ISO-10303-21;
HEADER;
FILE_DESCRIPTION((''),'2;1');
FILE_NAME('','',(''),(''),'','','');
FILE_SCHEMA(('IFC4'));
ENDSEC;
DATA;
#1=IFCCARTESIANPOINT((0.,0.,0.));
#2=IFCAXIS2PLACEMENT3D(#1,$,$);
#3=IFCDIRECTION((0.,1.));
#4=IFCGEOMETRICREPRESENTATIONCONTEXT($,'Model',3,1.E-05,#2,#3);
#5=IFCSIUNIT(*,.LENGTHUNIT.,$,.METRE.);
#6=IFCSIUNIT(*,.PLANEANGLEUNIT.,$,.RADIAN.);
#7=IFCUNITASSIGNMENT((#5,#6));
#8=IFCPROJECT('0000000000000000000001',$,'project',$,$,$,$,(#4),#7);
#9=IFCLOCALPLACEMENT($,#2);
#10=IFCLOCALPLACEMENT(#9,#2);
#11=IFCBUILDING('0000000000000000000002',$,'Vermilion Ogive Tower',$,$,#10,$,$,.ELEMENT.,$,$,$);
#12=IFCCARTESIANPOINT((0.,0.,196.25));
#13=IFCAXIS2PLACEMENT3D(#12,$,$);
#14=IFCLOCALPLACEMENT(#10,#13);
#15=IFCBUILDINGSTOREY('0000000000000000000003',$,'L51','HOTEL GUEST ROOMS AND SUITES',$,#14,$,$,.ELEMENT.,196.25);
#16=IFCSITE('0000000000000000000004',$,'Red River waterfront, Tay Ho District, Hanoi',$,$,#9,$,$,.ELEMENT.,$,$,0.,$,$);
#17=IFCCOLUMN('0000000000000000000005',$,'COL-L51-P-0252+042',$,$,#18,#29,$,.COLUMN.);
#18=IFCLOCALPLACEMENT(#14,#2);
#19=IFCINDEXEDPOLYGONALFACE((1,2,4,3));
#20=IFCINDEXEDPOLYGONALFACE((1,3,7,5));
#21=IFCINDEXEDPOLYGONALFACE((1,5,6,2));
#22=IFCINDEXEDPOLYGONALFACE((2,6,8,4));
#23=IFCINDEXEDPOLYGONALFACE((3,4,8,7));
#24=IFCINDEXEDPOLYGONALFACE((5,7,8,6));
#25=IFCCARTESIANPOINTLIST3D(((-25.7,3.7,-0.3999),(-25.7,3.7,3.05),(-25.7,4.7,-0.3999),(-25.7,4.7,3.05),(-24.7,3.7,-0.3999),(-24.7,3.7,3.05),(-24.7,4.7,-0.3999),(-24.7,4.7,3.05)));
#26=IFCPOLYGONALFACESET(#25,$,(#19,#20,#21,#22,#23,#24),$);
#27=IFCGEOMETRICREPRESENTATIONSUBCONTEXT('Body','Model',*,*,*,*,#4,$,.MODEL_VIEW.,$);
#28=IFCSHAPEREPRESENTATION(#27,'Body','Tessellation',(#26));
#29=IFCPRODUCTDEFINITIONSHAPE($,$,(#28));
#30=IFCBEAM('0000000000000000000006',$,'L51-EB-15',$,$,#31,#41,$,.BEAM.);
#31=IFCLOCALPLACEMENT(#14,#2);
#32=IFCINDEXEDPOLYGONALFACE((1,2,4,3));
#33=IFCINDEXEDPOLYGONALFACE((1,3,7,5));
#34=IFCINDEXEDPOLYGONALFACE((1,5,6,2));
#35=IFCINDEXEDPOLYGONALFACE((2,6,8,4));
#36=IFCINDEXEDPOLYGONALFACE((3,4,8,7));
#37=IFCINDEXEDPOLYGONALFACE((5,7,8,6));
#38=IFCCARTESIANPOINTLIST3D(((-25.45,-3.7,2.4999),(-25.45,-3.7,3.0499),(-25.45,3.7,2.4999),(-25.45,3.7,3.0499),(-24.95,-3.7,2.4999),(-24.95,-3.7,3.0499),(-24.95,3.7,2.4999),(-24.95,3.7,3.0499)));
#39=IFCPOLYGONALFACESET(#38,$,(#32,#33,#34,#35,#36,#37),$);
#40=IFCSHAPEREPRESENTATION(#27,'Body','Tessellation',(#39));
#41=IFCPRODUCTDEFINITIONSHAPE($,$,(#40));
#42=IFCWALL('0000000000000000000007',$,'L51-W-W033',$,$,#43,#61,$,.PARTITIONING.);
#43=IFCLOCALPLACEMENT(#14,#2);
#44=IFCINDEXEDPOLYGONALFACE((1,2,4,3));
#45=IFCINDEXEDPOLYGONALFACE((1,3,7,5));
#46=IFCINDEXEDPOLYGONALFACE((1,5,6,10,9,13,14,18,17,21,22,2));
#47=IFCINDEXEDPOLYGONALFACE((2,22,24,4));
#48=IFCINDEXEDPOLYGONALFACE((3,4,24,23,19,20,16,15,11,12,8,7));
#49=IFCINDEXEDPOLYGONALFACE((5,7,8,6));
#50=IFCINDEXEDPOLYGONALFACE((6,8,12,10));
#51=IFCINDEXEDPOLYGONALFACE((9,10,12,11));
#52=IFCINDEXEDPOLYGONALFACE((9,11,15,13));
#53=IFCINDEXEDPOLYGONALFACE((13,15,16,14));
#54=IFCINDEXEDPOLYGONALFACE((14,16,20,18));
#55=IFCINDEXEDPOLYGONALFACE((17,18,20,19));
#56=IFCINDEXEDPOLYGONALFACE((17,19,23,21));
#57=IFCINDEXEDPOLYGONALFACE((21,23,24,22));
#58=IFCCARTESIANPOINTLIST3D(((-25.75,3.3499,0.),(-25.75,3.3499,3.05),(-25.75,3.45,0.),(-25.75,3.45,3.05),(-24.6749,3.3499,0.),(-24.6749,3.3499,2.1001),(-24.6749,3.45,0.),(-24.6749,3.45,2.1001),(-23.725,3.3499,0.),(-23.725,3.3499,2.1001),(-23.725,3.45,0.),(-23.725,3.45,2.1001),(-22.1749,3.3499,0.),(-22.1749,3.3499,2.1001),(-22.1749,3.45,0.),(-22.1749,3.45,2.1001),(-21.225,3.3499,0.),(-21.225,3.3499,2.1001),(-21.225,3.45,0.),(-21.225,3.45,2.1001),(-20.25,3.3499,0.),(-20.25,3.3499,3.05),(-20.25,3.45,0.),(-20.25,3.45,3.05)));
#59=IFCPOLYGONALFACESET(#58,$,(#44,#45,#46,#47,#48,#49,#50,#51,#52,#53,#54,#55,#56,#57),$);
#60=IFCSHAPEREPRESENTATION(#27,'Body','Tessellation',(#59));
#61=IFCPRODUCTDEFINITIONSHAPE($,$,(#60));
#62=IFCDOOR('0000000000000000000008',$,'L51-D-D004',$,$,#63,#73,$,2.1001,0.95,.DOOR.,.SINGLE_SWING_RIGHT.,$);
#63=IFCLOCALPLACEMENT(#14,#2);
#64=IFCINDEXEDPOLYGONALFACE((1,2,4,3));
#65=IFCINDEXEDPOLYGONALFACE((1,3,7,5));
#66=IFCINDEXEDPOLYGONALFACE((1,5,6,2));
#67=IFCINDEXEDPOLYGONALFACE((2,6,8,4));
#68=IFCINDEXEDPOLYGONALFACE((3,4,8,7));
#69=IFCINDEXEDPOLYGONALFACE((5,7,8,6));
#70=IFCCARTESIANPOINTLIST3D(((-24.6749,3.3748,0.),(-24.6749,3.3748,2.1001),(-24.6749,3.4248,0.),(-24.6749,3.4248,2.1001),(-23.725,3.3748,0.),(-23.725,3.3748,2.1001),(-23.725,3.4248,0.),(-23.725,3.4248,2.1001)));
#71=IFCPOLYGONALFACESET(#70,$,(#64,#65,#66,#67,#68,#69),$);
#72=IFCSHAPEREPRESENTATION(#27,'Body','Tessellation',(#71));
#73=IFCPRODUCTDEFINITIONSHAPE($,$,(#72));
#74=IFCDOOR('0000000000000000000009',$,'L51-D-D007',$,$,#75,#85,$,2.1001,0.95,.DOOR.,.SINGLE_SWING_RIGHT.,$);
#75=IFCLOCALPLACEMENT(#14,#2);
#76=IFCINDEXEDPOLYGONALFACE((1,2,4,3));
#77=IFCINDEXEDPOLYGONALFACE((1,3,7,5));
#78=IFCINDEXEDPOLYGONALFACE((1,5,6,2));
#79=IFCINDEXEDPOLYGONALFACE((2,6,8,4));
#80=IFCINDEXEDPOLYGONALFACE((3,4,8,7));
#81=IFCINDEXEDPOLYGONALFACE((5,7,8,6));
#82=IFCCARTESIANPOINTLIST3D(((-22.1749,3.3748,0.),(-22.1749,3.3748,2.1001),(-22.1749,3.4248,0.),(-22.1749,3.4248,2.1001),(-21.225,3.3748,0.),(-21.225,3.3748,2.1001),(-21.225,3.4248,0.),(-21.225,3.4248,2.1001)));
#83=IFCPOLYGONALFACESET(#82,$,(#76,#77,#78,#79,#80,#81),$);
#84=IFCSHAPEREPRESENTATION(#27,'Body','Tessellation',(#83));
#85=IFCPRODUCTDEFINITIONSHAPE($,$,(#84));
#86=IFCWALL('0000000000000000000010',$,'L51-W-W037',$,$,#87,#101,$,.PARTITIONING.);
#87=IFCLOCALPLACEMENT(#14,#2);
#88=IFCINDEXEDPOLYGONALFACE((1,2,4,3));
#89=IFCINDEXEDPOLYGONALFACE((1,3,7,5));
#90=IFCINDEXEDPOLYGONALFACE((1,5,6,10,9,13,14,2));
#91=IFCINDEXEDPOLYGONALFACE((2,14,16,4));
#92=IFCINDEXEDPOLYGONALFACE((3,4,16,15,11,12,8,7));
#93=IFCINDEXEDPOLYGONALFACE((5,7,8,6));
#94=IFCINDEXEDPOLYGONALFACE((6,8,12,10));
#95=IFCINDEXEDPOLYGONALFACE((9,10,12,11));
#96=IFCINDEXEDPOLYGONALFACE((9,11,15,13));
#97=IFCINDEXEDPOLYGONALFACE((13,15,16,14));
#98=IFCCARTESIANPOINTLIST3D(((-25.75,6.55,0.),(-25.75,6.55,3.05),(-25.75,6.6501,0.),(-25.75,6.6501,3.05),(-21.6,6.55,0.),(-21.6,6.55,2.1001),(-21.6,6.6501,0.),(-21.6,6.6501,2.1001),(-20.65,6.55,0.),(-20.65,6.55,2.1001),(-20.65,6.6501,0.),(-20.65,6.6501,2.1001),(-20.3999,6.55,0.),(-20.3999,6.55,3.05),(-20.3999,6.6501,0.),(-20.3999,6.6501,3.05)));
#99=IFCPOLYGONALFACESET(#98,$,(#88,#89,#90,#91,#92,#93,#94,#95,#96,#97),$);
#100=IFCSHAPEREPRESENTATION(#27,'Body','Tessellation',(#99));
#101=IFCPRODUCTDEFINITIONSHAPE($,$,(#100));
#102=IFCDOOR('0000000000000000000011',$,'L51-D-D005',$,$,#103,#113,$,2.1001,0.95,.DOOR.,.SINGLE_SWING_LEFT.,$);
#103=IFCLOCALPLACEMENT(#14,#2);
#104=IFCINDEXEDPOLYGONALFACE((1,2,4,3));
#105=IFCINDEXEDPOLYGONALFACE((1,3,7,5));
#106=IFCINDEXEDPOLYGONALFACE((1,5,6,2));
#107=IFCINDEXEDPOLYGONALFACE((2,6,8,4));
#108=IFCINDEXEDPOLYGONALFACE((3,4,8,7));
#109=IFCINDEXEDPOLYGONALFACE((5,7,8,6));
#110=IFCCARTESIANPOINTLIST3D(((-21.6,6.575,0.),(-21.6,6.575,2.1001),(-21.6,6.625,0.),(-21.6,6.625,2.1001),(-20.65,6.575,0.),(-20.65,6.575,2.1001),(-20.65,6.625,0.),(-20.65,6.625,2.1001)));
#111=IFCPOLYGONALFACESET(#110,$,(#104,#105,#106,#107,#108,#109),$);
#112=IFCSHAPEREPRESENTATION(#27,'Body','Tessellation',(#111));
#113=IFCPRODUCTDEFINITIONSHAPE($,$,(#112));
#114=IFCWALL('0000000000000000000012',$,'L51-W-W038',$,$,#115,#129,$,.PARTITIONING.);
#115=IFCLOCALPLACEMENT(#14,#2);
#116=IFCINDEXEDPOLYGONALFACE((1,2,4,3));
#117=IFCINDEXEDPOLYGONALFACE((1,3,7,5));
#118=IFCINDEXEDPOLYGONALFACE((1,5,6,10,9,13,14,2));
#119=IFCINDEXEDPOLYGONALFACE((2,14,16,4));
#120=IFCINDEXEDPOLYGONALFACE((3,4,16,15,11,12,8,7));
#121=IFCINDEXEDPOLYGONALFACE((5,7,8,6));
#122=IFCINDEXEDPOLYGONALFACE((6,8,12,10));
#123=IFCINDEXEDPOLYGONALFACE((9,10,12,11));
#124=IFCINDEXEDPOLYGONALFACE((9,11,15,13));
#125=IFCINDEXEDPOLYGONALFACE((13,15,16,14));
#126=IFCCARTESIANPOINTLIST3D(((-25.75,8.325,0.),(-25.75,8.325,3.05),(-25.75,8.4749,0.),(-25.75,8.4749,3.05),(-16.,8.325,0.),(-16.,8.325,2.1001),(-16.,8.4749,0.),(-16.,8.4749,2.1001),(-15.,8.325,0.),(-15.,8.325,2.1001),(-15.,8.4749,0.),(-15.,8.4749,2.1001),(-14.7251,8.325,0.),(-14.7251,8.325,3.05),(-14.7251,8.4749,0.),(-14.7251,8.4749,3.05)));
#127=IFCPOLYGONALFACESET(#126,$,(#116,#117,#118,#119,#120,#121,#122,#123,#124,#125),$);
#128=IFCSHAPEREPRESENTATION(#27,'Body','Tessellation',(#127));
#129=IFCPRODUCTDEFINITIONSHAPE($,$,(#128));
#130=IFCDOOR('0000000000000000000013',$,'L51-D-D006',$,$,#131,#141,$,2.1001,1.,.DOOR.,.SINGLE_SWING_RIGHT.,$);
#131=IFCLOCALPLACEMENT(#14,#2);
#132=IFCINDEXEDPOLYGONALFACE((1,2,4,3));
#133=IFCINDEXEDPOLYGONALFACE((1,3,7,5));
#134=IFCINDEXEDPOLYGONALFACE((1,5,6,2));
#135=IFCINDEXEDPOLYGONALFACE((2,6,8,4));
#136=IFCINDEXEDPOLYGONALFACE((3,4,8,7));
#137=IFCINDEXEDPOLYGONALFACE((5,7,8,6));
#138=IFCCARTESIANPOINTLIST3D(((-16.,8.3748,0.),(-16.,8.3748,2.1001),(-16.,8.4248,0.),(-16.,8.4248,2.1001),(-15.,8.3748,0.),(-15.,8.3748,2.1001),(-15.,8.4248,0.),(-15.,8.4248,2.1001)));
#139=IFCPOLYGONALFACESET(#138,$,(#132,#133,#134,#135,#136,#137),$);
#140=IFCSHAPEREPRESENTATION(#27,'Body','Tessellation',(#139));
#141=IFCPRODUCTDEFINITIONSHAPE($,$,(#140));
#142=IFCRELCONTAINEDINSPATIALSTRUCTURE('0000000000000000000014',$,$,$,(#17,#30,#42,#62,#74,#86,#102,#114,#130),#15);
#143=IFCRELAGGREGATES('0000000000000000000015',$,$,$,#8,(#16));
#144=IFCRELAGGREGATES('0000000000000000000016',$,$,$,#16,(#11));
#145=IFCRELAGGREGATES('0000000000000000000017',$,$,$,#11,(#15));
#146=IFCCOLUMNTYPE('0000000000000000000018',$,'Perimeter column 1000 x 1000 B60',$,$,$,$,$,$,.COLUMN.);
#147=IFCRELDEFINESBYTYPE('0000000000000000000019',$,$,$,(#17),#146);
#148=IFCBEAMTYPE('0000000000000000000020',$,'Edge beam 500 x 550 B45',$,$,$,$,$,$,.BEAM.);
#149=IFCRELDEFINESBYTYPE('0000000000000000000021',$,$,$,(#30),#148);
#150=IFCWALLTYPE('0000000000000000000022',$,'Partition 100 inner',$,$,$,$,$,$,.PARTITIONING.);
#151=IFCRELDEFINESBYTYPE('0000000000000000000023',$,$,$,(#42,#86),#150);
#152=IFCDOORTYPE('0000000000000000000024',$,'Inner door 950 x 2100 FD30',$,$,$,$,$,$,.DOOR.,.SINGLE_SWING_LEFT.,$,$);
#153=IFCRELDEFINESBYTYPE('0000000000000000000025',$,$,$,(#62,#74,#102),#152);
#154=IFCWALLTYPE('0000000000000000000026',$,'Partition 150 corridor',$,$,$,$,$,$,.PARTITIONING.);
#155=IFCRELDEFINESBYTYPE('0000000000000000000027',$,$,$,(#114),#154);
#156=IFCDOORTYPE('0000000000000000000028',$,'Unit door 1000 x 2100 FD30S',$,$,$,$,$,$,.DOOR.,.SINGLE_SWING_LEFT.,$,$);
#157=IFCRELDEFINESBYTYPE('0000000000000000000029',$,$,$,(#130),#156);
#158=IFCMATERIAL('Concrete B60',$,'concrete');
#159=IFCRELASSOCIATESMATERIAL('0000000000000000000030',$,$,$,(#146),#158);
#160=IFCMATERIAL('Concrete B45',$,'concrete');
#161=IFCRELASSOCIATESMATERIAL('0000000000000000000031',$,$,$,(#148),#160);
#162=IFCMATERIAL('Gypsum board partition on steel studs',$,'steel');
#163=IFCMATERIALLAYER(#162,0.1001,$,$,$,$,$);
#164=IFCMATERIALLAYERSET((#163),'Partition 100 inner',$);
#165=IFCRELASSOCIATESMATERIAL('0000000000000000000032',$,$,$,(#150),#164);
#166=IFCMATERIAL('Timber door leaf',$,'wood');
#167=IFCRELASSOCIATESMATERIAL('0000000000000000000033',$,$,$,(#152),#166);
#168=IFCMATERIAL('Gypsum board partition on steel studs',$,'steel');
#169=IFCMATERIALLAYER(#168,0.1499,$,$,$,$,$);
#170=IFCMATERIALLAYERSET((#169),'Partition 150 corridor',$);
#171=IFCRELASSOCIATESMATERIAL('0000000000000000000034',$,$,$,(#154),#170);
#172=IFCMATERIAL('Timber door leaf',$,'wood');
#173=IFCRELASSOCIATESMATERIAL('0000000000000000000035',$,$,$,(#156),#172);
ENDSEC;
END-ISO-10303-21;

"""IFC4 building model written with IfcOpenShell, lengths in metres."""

from ifc_helpers import new_model, si_unit, direction, frame, frame_2d, origin, origin_2d, place, context, subcontext, project, spatial, rectangle, extrude, material, layer, layer_set, material_profile, profile_set, type_object, element, fill, save


model = new_model("IFC4")

# Units and contexts
model_context = context("Model", 3, precision=1e-05, world=origin(), true_north=direction((0.0, 1.0)))
body_context = subcontext(model_context, "Body", "Model", "MODEL_VIEW")
ifc_project = project(units=[si_unit("LENGTHUNIT", "METRE"), si_unit("PLANEANGLEUNIT", "RADIAN")], contexts=[model_context])

# Site, building, storey
site_placement = place(None, origin())
site = spatial("IfcSite", under=ifc_project, at=site_placement, Name="Red River waterfront, Tay Ho District, Hanoi", CompositionType="ELEMENT", RefElevation=0.0)
building_placement = place(site_placement, origin())
building = spatial("IfcBuilding", under=site, at=building_placement, Name="Vermilion Ogive Tower", CompositionType="ELEMENT")
storey_placement = place(building_placement, frame((0.0, 0.0, 196.25)))
storey = spatial("IfcBuildingStorey", under=building, at=storey_placement, Name="L51", Description="HOTEL GUEST ROOMS AND SUITES", CompositionType="ELEMENT", Elevation=196.25)

# Column
ifc_material_1 = material(Name="Concrete B60", Category="concrete")
ifc_material_profile_1 = material_profile(ifc_material_1, rectangle(XDim=1.0, YDim=1.0, at=origin_2d()), Name="1000 x 1000")
ifc_profile_set_1 = profile_set([ifc_material_profile_1], Name="Concrete B60")
column_type = type_object("IfcColumnType", Name="Perimeter column 1000 x 1000 B60", PredefinedType="COLUMN", material=ifc_profile_set_1)
column_placement = place(storey_placement, frame((-25.2, 4.2, -0.3999), z_axis=(0.0, 0.0, 1.0), x_axis=(1.0, 0.0, 0.0)))
element("IfcColumn", 1, at=column_placement, inside=storey, type_object=column_type, Name="COL-L51-P-0252+042", PredefinedType="COLUMN", context=body_context, shape_type="SweptSolid", body=[
    extrude(rectangle(XDim=1.0, YDim=1.0, at=origin_2d()), origin(), (0.0, 0.0, 1.0), 3.45),
])

# Beam
ifc_material_2 = material(Name="Concrete B45", Category="concrete")
ifc_material_profile_2 = material_profile(ifc_material_2, rectangle(XDim=0.5, YDim=0.55, at=origin_2d()), Name="500 x 550")
ifc_profile_set_2 = profile_set([ifc_material_profile_2], Name="Concrete B45")
beam_type = type_object("IfcBeamType", Name="Edge beam 500 x 550 B45", PredefinedType="BEAM", material=ifc_profile_set_2)
beam_placement = place(storey_placement, frame((-25.2, 3.7, 2.7749), z_axis=(0.0, -1.0, 0.0), x_axis=(1.0, 0.0, 0.0)))
element("IfcBeam", 2, at=beam_placement, inside=storey, type_object=beam_type, Name="L51-EB-15", PredefinedType="BEAM", context=body_context, shape_type="SweptSolid", body=[
    extrude(rectangle(XDim=0.5, YDim=0.55, at=origin_2d()), origin(), (0.0, 0.0, 1.0), 7.3999),
])

# Wall, openings, doors
ifc_material_3 = material(Name="Gypsum board partition on steel studs", Category="steel")
ifc_layer_1 = layer(ifc_material_3, 0.1001)
ifc_layer_set_1 = layer_set([ifc_layer_1], Name="Partition 100 inner")
wall_type_1 = type_object("IfcWallType", Name="Partition 100 inner", PredefinedType="PARTITIONING", material=ifc_layer_set_1)
wall_1_placement = place(storey_placement, frame((-25.75, 3.3999, 0.0), z_axis=(0.0, 0.0, 1.0), x_axis=(1.0, 0.0, 0.0)))
wall_1 = element("IfcWall", 3, at=wall_1_placement, inside=storey, type_object=wall_type_1, Name="L51-W-W033", PredefinedType="PARTITIONING", context=body_context, shape_type="SweptSolid", body=[
    extrude(rectangle(XDim=5.5, YDim=0.1001, at=frame_2d((2.75, 0.0))), origin(), (0.0, 0.0, 1.0), 3.05),
])
opening_1_placement = place(wall_1_placement, frame((1.075, 0.0, 0.0)))
opening_1 = element("IfcOpeningElement", 4, at=opening_1_placement, cuts=wall_1, PredefinedType="OPENING", context=body_context, shape_type="SweptSolid", body=[
    extrude(rectangle(XDim=0.95, YDim=2.1001, at=frame_2d((0.4751, 1.05))), frame((0.0, 0.0601, 0.0), z_axis=(0.0, -1.0, 0.0), x_axis=(1.0, 0.0, 0.0)), (0.0, 0.0, 1.0), 0.1201),
])
opening_2_placement = place(wall_1_placement, frame((3.575, 0.0, 0.0)))
opening_2 = element("IfcOpeningElement", 5, at=opening_2_placement, cuts=wall_1, PredefinedType="OPENING", context=body_context, shape_type="SweptSolid", body=[
    extrude(rectangle(XDim=0.95, YDim=2.1001, at=frame_2d((0.4751, 1.05))), frame((0.0, 0.0601, 0.0), z_axis=(0.0, -1.0, 0.0), x_axis=(1.0, 0.0, 0.0)), (0.0, 0.0, 1.0), 0.1201),
])
ifc_material_4 = material(Name="Timber door leaf", Category="wood")
door_type_1 = type_object("IfcDoorType", Name="Inner door 950 x 2100 FD30", OperationType="SINGLE_SWING_LEFT", PredefinedType="DOOR", material=ifc_material_4)
door_1_placement = place(opening_1_placement, origin())
door_1 = element("IfcDoor", 6, at=door_1_placement, inside=storey, type_object=door_type_1, Name="L51-D-D004", OperationType="SINGLE_SWING_RIGHT", OverallHeight=2.1001, OverallWidth=0.95, PredefinedType="DOOR", context=body_context, shape_type="SweptSolid", body=[
    extrude(rectangle(XDim=0.95, YDim=2.1001, at=frame_2d((0.4751, 1.05))), frame((0.0, 0.0249, 0.0), z_axis=(0.0, -1.0, 0.0), x_axis=(1.0, 0.0, 0.0)), (0.0, 0.0, 1.0), 0.05),
])
fill(opening_1, door_1)
door_2_placement = place(opening_2_placement, origin())
door_2 = element("IfcDoor", 7, at=door_2_placement, inside=storey, type_object=door_type_1, Name="L51-D-D007", OperationType="SINGLE_SWING_RIGHT", OverallHeight=2.1001, OverallWidth=0.95, PredefinedType="DOOR", context=body_context, shape_type="SweptSolid", body=[
    extrude(rectangle(XDim=0.95, YDim=2.1001, at=frame_2d((0.4751, 1.05))), frame((0.0, 0.0249, 0.0), z_axis=(0.0, -1.0, 0.0), x_axis=(1.0, 0.0, 0.0)), (0.0, 0.0, 1.0), 0.05),
])
fill(opening_2, door_2)

# Walls, openings, doors
wall_2_placement = place(storey_placement, frame((-25.75, 6.6001, 0.0), z_axis=(0.0, 0.0, 1.0), x_axis=(1.0, 0.0, 0.0)))
wall_2 = element("IfcWall", 8, at=wall_2_placement, inside=storey, type_object=wall_type_1, Name="L51-W-W037", PredefinedType="PARTITIONING", context=body_context, shape_type="SweptSolid", body=[
    extrude(rectangle(XDim=5.3501, YDim=0.1001, at=frame_2d((2.675, 0.0))), origin(), (0.0, 0.0, 1.0), 3.05),
])
opening_3_placement = place(wall_2_placement, frame((4.1499, 0.0, 0.0)))
opening_3 = element("IfcOpeningElement", 9, at=opening_3_placement, cuts=wall_2, PredefinedType="OPENING", context=body_context, shape_type="SweptSolid", body=[
    extrude(rectangle(XDim=0.95, YDim=2.1001, at=frame_2d((0.4751, 1.05))), frame((0.0, 0.0601, 0.0), z_axis=(0.0, -1.0, 0.0), x_axis=(1.0, 0.0, 0.0)), (0.0, 0.0, 1.0), 0.1201),
])
door_3_placement = place(opening_3_placement, origin())
door_3 = element("IfcDoor", 10, at=door_3_placement, inside=storey, type_object=door_type_1, Name="L51-D-D005", OperationType="SINGLE_SWING_LEFT", OverallHeight=2.1001, OverallWidth=0.95, PredefinedType="DOOR", context=body_context, shape_type="SweptSolid", body=[
    extrude(rectangle(XDim=0.95, YDim=2.1001, at=frame_2d((0.4751, 1.05))), frame((0.0, 0.0249, 0.0), z_axis=(0.0, -1.0, 0.0), x_axis=(1.0, 0.0, 0.0)), (0.0, 0.0, 1.0), 0.05),
])
fill(opening_3, door_3)
ifc_material_5 = material(Name="Gypsum board partition on steel studs", Category="steel")
ifc_layer_2 = layer(ifc_material_5, 0.1499)
ifc_layer_set_2 = layer_set([ifc_layer_2], Name="Partition 150 corridor")
wall_type_2 = type_object("IfcWallType", Name="Partition 150 corridor", PredefinedType="PARTITIONING", material=ifc_layer_set_2)
wall_3_placement = place(storey_placement, frame((-25.75, 8.3999, 0.0), z_axis=(0.0, 0.0, 1.0), x_axis=(1.0, 0.0, 0.0)))
wall_3 = element("IfcWall", 11, at=wall_3_placement, inside=storey, type_object=wall_type_2, Name="L51-W-W038", PredefinedType="PARTITIONING", context=body_context, shape_type="SweptSolid", body=[
    extrude(rectangle(XDim=11.0249, YDim=0.1499, at=frame_2d((5.5125, 0.0))), origin(), (0.0, 0.0, 1.0), 3.05),
])
opening_4_placement = place(wall_3_placement, frame((9.75, 0.0, 0.0)))
opening_4 = element("IfcOpeningElement", 12, at=opening_4_placement, cuts=wall_3, PredefinedType="OPENING", context=body_context, shape_type="SweptSolid", body=[
    extrude(rectangle(XDim=1.0, YDim=2.1001, at=frame_2d((0.5, 1.05))), frame((0.0, 0.085, 0.0), z_axis=(0.0, -1.0, 0.0), x_axis=(1.0, 0.0, 0.0)), (0.0, 0.0, 1.0), 0.1699),
])
ifc_material_6 = material(Name="Timber door leaf", Category="wood")
door_type_2 = type_object("IfcDoorType", Name="Unit door 1000 x 2100 FD30S", OperationType="SINGLE_SWING_LEFT", PredefinedType="DOOR", material=ifc_material_6)
door_4_placement = place(opening_4_placement, origin())
door_4 = element("IfcDoor", 13, at=door_4_placement, inside=storey, type_object=door_type_2, Name="L51-D-D006", OperationType="SINGLE_SWING_RIGHT", OverallHeight=2.1001, OverallWidth=1.0, PredefinedType="DOOR", context=body_context, shape_type="SweptSolid", body=[
    extrude(rectangle(XDim=1.0, YDim=2.1001, at=frame_2d((0.5, 1.05))), frame((0.0, 0.0249, 0.0), z_axis=(0.0, -1.0, 0.0), x_axis=(1.0, 0.0, 0.0)), (0.0, 0.0, 1.0), 0.05),
])
fill(opening_4, door_4)

save(model, "model.ifc")
